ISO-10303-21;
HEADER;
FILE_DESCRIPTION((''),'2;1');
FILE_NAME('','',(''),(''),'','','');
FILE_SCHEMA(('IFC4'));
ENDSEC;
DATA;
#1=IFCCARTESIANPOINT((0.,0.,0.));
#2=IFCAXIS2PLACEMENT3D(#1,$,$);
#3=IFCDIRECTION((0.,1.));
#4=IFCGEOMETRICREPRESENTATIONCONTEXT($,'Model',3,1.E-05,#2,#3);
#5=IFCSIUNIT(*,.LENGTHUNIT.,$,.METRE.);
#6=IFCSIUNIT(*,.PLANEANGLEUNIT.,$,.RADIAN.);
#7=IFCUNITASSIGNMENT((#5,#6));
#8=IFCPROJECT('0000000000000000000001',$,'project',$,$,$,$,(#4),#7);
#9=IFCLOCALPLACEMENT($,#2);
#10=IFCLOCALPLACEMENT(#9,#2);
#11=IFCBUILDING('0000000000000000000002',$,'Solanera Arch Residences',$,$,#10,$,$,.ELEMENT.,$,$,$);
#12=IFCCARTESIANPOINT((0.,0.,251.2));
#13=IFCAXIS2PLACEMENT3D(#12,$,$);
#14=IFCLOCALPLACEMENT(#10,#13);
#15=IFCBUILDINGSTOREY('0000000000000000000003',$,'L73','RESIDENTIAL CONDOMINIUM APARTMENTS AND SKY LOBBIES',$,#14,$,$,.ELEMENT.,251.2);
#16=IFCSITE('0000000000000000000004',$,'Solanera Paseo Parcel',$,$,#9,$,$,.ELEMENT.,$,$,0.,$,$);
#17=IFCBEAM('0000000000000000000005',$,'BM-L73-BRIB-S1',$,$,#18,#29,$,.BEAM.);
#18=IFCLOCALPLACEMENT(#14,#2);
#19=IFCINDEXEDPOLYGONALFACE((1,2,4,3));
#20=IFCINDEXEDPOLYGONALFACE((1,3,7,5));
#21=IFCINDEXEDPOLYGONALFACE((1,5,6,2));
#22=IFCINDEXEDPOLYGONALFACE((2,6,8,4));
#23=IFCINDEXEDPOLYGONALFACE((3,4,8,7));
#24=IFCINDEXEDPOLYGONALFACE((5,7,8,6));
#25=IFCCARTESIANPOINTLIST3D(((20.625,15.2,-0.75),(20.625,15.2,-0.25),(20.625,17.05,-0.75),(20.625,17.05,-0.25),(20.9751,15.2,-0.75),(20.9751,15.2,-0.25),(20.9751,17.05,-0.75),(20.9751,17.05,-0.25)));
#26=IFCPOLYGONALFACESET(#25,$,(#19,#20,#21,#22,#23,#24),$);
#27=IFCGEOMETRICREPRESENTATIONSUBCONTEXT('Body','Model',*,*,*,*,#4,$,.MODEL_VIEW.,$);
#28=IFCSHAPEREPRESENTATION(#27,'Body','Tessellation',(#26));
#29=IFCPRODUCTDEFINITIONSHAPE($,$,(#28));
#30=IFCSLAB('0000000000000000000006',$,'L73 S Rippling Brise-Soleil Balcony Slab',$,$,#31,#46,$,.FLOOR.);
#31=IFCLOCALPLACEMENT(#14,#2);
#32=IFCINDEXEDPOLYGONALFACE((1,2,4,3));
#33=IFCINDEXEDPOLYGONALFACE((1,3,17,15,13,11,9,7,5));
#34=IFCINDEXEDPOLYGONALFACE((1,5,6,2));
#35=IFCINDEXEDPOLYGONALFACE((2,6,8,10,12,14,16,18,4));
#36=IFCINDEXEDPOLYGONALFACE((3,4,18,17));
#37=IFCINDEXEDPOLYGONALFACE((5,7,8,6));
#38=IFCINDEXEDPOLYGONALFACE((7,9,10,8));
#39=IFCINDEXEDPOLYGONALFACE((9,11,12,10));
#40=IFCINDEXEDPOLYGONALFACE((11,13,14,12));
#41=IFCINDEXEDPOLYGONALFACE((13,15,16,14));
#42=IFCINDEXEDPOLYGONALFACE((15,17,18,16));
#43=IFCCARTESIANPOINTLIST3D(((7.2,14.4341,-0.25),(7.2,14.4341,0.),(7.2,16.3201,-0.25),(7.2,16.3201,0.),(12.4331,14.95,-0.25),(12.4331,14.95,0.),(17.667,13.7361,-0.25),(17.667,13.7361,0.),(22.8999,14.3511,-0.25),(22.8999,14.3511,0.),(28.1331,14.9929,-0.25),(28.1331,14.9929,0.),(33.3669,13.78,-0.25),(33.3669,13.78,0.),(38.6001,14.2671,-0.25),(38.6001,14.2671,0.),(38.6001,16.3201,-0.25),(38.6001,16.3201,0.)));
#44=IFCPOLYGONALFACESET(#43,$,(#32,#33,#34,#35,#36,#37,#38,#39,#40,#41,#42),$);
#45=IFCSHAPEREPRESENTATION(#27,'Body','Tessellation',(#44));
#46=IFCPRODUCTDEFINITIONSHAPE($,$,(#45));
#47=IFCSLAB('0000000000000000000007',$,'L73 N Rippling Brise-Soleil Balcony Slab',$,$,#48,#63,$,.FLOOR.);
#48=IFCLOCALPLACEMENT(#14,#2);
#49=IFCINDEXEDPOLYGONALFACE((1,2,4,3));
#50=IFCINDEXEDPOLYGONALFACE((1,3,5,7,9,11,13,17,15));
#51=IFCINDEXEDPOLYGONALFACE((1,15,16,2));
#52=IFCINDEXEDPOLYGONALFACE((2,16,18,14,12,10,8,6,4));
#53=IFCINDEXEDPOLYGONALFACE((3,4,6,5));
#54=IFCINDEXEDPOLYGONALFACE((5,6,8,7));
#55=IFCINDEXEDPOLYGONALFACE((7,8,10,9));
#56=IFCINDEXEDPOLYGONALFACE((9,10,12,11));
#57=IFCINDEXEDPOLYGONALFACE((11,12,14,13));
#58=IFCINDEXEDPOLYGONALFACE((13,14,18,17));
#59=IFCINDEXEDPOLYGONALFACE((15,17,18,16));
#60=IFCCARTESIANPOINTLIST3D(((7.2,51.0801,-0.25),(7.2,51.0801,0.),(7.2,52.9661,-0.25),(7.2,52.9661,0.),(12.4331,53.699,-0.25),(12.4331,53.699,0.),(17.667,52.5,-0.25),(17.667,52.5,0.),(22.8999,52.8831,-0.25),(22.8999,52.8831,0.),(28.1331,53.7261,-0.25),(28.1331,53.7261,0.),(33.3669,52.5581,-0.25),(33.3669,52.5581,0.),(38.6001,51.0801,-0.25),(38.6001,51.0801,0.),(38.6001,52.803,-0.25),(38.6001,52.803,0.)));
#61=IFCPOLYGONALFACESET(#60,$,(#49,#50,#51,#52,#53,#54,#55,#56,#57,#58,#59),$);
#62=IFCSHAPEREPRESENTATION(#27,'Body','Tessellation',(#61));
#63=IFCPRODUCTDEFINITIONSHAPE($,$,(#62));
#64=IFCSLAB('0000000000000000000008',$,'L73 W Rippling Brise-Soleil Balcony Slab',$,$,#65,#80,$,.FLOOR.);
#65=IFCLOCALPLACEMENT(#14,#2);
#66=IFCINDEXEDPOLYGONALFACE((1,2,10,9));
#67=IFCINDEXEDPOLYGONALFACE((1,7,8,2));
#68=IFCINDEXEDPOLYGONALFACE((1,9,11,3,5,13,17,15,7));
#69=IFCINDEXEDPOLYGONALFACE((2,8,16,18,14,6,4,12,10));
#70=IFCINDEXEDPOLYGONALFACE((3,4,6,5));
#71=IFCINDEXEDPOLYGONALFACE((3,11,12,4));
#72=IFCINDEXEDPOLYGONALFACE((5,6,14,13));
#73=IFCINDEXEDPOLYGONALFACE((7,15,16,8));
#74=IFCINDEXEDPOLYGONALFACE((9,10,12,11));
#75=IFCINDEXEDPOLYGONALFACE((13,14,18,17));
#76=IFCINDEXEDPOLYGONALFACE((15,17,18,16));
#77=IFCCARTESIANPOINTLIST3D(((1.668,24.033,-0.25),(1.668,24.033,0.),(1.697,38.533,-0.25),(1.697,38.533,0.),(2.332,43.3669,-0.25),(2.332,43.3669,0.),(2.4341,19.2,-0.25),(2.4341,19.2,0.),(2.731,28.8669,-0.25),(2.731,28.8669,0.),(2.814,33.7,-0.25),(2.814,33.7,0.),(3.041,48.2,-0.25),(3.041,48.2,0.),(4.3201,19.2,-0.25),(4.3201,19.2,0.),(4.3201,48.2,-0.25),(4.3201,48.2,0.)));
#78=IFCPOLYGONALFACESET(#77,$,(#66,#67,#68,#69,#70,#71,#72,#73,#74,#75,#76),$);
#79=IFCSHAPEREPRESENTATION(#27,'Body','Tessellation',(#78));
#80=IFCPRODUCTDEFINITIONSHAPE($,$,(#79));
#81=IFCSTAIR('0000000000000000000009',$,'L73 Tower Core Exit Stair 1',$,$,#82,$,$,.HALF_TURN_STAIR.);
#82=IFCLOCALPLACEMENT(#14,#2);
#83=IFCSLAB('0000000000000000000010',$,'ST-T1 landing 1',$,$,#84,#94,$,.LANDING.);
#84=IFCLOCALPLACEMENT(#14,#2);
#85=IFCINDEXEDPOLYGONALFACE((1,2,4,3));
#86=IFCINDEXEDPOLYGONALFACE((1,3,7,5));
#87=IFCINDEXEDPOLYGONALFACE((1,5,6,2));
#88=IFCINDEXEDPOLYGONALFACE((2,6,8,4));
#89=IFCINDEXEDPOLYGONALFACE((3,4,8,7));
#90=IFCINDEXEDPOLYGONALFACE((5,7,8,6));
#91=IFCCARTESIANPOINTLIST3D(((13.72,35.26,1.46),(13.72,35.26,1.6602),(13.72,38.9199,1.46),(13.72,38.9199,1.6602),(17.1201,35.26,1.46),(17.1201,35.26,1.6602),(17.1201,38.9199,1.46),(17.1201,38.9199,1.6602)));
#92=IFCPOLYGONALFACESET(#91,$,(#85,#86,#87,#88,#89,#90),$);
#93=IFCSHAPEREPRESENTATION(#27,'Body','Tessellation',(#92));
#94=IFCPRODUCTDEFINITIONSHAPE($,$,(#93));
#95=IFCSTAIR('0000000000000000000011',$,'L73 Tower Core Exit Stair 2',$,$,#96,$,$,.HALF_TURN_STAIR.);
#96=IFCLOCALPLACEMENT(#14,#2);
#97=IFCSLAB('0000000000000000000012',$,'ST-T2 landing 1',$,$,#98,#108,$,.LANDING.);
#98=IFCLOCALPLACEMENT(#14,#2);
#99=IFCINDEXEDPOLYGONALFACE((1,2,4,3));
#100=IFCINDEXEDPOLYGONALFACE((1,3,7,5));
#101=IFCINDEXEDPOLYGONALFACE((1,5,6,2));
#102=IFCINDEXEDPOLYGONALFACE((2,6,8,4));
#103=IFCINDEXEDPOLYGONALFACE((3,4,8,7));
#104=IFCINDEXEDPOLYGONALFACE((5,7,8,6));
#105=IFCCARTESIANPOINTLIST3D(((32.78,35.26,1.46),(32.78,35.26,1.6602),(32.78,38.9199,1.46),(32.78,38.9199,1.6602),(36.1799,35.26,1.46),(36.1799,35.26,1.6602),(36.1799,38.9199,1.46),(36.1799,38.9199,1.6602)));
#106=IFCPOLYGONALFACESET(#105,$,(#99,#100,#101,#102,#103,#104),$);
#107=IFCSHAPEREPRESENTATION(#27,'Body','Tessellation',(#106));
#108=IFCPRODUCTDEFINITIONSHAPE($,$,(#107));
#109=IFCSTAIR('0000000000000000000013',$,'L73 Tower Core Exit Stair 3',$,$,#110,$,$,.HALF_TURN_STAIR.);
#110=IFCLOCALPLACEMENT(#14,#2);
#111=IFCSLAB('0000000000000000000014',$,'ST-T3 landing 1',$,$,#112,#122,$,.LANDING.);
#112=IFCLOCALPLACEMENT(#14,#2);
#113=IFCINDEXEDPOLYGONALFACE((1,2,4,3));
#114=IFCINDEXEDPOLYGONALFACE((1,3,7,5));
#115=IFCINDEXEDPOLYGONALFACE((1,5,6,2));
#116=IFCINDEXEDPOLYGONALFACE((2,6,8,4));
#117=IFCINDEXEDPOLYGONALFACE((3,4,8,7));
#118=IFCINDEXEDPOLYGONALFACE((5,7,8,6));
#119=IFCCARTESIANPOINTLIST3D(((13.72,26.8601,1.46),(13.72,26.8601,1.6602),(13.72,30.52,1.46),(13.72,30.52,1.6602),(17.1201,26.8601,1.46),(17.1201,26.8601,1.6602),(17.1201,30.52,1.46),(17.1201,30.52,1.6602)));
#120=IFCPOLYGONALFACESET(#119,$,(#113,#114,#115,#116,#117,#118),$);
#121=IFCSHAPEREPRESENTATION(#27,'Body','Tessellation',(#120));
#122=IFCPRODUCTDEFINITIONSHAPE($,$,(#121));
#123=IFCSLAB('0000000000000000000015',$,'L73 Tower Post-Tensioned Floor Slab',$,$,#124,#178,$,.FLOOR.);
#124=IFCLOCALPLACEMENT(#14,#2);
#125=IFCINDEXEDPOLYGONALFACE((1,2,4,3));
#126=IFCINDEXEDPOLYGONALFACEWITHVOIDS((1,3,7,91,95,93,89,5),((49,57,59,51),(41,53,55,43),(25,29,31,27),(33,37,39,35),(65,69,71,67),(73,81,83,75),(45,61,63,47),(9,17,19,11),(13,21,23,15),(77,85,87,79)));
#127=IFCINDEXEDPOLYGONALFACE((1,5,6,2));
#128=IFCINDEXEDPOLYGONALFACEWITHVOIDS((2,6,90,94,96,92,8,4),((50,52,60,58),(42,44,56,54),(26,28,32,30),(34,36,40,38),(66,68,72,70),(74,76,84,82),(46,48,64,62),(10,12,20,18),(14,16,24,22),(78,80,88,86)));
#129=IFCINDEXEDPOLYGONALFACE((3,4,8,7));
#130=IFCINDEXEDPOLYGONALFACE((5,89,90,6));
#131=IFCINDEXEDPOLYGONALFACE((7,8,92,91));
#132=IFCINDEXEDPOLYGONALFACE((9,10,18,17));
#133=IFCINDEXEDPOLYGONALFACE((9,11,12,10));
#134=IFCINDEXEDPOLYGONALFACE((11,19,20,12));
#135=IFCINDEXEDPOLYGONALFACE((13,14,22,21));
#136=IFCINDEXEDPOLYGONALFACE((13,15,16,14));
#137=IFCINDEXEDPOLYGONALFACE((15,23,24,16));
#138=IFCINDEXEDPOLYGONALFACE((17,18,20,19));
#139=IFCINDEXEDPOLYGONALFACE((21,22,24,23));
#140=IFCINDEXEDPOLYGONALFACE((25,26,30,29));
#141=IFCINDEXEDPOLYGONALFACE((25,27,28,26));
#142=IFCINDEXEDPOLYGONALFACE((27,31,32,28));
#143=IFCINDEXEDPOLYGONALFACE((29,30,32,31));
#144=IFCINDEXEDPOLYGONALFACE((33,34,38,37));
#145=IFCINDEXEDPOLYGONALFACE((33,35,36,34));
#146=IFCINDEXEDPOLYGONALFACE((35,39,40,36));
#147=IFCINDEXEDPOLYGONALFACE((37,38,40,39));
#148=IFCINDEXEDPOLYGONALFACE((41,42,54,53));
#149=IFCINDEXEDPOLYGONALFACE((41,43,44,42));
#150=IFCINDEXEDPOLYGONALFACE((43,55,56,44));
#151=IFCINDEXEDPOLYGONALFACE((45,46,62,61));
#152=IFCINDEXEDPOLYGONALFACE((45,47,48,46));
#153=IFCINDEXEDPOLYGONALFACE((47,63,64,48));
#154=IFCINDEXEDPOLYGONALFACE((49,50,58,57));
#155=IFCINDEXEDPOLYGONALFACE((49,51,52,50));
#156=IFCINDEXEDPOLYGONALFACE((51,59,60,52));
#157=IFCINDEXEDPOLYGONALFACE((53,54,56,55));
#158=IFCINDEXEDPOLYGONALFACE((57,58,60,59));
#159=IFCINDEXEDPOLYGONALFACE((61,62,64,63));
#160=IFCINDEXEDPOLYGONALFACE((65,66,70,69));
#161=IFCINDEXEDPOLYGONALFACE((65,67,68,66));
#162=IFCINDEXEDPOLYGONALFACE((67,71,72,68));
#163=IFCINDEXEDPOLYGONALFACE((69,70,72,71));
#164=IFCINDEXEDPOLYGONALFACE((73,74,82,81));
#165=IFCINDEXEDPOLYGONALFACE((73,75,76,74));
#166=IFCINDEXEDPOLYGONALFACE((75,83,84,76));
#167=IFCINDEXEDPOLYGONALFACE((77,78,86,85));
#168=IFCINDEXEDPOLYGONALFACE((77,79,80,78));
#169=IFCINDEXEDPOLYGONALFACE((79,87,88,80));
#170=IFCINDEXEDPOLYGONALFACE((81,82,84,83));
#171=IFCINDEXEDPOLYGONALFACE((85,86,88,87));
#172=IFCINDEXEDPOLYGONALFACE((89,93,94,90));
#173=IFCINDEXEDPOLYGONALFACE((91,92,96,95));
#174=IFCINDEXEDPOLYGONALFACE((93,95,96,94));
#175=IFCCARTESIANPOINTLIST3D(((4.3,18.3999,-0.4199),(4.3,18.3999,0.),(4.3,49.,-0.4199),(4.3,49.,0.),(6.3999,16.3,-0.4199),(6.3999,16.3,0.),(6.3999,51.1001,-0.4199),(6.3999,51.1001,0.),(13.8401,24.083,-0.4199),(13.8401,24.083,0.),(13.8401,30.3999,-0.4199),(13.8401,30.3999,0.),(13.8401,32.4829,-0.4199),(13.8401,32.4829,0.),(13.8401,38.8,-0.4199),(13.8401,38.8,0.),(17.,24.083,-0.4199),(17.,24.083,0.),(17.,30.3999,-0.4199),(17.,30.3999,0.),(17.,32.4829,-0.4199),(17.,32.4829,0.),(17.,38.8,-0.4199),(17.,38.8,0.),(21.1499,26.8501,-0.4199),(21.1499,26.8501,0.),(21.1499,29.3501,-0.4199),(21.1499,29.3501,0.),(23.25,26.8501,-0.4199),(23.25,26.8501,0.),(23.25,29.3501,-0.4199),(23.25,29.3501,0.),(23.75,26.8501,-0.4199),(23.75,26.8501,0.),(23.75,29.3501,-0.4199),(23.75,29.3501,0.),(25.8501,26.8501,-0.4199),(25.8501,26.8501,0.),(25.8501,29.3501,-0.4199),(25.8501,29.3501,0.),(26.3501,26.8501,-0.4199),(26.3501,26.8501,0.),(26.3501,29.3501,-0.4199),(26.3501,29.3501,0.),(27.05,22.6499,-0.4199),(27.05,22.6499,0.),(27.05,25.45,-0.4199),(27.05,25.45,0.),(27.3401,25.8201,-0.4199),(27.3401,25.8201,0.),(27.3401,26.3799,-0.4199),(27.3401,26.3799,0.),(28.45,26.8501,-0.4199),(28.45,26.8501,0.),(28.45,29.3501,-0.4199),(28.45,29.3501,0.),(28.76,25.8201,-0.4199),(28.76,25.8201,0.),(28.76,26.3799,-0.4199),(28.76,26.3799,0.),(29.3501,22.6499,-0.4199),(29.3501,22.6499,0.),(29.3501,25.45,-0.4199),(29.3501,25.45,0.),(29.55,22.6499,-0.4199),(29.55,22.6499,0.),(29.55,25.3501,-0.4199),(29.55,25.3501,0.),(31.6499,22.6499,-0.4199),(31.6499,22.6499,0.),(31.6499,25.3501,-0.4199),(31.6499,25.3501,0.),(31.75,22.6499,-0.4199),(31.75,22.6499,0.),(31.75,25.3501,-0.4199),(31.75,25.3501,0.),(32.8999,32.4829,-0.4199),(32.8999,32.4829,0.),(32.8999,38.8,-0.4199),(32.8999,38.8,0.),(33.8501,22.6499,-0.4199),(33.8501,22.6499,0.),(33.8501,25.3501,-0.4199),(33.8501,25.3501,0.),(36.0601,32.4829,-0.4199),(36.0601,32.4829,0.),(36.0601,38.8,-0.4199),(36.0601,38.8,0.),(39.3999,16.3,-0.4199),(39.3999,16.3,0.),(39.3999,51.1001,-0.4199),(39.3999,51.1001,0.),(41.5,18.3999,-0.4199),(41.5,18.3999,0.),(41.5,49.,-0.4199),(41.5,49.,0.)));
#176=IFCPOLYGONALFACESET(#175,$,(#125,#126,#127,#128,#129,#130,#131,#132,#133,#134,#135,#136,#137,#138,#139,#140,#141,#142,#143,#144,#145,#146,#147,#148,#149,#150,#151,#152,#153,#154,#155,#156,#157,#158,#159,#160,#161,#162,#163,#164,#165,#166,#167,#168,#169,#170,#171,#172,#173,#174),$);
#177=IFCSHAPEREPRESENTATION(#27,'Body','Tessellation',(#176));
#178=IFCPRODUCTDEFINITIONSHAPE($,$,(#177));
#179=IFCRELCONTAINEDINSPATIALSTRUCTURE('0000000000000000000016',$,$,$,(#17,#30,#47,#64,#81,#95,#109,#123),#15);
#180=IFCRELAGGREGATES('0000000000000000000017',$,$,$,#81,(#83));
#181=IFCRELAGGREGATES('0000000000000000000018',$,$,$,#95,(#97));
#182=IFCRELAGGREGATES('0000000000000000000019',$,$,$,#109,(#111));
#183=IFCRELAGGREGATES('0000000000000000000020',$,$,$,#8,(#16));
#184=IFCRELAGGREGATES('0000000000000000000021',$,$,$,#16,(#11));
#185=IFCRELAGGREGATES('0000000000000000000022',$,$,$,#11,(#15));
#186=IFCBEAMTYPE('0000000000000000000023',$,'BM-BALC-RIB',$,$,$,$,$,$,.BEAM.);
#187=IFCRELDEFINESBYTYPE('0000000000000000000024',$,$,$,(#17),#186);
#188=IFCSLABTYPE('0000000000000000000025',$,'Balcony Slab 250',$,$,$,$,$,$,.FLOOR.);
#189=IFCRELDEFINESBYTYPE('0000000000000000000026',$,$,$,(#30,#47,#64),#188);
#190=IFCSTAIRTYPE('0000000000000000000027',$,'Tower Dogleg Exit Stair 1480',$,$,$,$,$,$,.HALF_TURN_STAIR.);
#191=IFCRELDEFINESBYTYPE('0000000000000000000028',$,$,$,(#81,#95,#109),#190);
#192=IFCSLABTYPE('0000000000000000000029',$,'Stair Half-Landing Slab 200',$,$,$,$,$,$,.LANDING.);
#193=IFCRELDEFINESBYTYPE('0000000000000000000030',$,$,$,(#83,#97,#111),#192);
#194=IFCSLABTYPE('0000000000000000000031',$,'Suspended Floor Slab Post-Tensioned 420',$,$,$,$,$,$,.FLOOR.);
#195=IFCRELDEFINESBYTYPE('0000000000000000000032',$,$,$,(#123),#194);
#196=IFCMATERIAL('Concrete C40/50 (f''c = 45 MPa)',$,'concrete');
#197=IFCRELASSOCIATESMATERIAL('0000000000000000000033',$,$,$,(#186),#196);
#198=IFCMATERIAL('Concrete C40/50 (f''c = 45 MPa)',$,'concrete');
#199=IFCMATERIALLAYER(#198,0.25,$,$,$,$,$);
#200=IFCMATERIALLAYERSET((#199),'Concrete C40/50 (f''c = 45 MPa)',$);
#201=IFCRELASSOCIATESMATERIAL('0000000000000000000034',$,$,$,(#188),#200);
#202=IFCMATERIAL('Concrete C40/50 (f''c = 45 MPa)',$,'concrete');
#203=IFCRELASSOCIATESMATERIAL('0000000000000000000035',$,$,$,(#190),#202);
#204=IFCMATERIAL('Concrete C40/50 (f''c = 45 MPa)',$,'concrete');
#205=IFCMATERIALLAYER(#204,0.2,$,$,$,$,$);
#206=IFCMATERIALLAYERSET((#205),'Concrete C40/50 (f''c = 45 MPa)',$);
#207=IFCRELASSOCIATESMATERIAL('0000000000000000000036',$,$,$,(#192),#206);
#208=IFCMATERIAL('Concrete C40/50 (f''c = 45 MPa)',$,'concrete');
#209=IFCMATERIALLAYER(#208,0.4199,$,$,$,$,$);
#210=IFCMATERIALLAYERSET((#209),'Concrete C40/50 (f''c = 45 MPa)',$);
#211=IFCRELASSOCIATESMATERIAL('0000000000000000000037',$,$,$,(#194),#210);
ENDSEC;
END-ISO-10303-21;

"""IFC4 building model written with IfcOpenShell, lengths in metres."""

from ifc_helpers import new_model, si_unit, direction, frame, origin, origin_2d, place, context, subcontext, project, spatial, polyline, rectangle, outline, extrude, material, layer, layer_set, material_profile, profile_set, type_object, element, aggregate, save


model = new_model("IFC4")

# Units and contexts
model_context = context("Model", 3, precision=1e-05, world=origin(), true_north=direction((0.0, 1.0)))
body_context = subcontext(model_context, "Body", "Model", "MODEL_VIEW")
ifc_project = project(units=[si_unit("LENGTHUNIT", "METRE"), si_unit("PLANEANGLEUNIT", "RADIAN")], contexts=[model_context])

# Site, building, storey
site_placement = place(None, origin())
site = spatial("IfcSite", under=ifc_project, at=site_placement, Name="Solanera Paseo Parcel", CompositionType="ELEMENT", RefElevation=0.0)
building_placement = place(site_placement, origin())
building = spatial("IfcBuilding", under=site, at=building_placement, Name="Solanera Arch Residences", CompositionType="ELEMENT")
storey_placement = place(building_placement, frame((0.0, 0.0, 251.2)))
storey = spatial("IfcBuildingStorey", under=building, at=storey_placement, Name="L73", Description="RESIDENTIAL CONDOMINIUM APARTMENTS AND SKY LOBBIES", CompositionType="ELEMENT", Elevation=251.2)

# Beam
ifc_material_1 = material(Name="Concrete C40/50 (f'c = 45 MPa)", Category="concrete")
ifc_material_profile = material_profile(ifc_material_1, rectangle(XDim=0.3501, YDim=0.5, at=origin_2d()))
ifc_profile_set = profile_set([ifc_material_profile], Name="Concrete C40/50 (f'c = 45 MPa)")
beam_type = type_object("IfcBeamType", Name="BM-BALC-RIB", PredefinedType="BEAM", material=ifc_profile_set)
beam_placement = place(storey_placement, frame((20.8, 15.2, -0.5), z_axis=(0.0, 1.0, 0.0), x_axis=(-1.0, 0.0, 0.0)))
element("IfcBeam", 1, at=beam_placement, inside=storey, type_object=beam_type, Name="BM-L73-BRIB-S1", PredefinedType="BEAM", context=body_context, shape_type="SweptSolid", body=[
    extrude(rectangle(XDim=0.3501, YDim=0.5, at=origin_2d()), origin(), (0.0, 0.0, 1.0), 1.8501),
])

# Slabs
ifc_material_2 = material(Name="Concrete C40/50 (f'c = 45 MPa)", Category="concrete")
ifc_layer_1 = layer(ifc_material_2, 0.25)
ifc_layer_set_1 = layer_set([ifc_layer_1], Name="Concrete C40/50 (f'c = 45 MPa)")
slab_type_1 = type_object("IfcSlabType", Name="Balcony Slab 250", PredefinedType="FLOOR", material=ifc_layer_set_1)
slab_1_placement = place(storey_placement, frame((0.0, 0.0, -0.25)))
element("IfcSlab", 2, at=slab_1_placement, inside=storey, type_object=slab_type_1, Name="L73 S Rippling Brise-Soleil Balcony Slab", PredefinedType="FLOOR", context=body_context, shape_type="SweptSolid", body=[
    extrude(outline(polyline([(7.2, 14.4341), (12.4331, 14.95), (17.667, 13.7361), (22.8999, 14.3511), (28.1331, 14.9929), (33.3669, 13.78), (38.6001, 14.2671), (38.6001, 16.3201), (7.2, 16.3201), (7.2, 14.4341)])), origin(), (0.0, 0.0, 1.0), 0.25),
])
slab_2_placement = place(storey_placement, frame((0.0, 0.0, -0.25)))
element("IfcSlab", 3, at=slab_2_placement, inside=storey, type_object=slab_type_1, Name="L73 N Rippling Brise-Soleil Balcony Slab", PredefinedType="FLOOR", context=body_context, shape_type="SweptSolid", body=[
    extrude(outline(polyline([(38.6001, 52.803), (33.3669, 52.5581), (28.1331, 53.7261), (22.8999, 52.8831), (17.667, 52.5), (12.4331, 53.699), (7.2, 52.9661), (7.2, 51.0801), (38.6001, 51.0801), (38.6001, 52.803)])), origin(), (0.0, 0.0, 1.0), 0.25),
])
slab_3_placement = place(storey_placement, frame((0.0, 0.0, -0.25)))
element("IfcSlab", 4, at=slab_3_placement, inside=storey, type_object=slab_type_1, Name="L73 W Rippling Brise-Soleil Balcony Slab", PredefinedType="FLOOR", context=body_context, shape_type="SweptSolid", body=[
    extrude(outline(polyline([(3.041, 48.2), (2.332, 43.3669), (1.697, 38.533), (2.814, 33.7), (2.731, 28.8669), (1.668, 24.033), (2.4341, 19.2), (4.3201, 19.2), (4.3201, 48.2), (3.041, 48.2)])), origin(), (0.0, 0.0, 1.0), 0.25),
])

# Stairs, slabs
ifc_material_3 = material(Name="Concrete C40/50 (f'c = 45 MPa)", Category="concrete")
stair_type = type_object("IfcStairType", Name="Tower Dogleg Exit Stair 1480", PredefinedType="HALF_TURN_STAIR", material=ifc_material_3)
stair_1_placement = place(storey_placement, origin())
stair_1 = element("IfcStair", 5, at=stair_1_placement, inside=storey, type_object=stair_type, Name="L73 Tower Core Exit Stair 1", PredefinedType="HALF_TURN_STAIR")
ifc_material_4 = material(Name="Concrete C40/50 (f'c = 45 MPa)", Category="concrete")
ifc_layer_2 = layer(ifc_material_4, 0.2)
ifc_layer_set_2 = layer_set([ifc_layer_2], Name="Concrete C40/50 (f'c = 45 MPa)")
slab_type_2 = type_object("IfcSlabType", Name="Stair Half-Landing Slab 200", PredefinedType="LANDING", material=ifc_layer_set_2)
slab_4_placement = place(storey_placement, frame((0.0, 0.0, 1.46)))
slab_4 = element("IfcSlab", 6, at=slab_4_placement, type_object=slab_type_2, Name="ST-T1 landing 1", PredefinedType="LANDING", context=body_context, shape_type="SweptSolid", body=[
    extrude(outline(polyline([(17.1201, 35.26), (17.1201, 38.9199), (13.72, 38.9199), (13.72, 35.26), (17.1201, 35.26)])), origin(), (0.0, 0.0, 1.0), 0.2002),
])
aggregate(stair_1, [slab_4])
stair_2_placement = place(storey_placement, origin())
stair_2 = element("IfcStair", 7, at=stair_2_placement, inside=storey, type_object=stair_type, Name="L73 Tower Core Exit Stair 2", PredefinedType="HALF_TURN_STAIR")
slab_5_placement = place(storey_placement, frame((0.0, 0.0, 1.46)))
slab_5 = element("IfcSlab", 8, at=slab_5_placement, type_object=slab_type_2, Name="ST-T2 landing 1", PredefinedType="LANDING", context=body_context, shape_type="SweptSolid", body=[
    extrude(outline(polyline([(36.1799, 35.26), (36.1799, 38.9199), (32.78, 38.9199), (32.78, 35.26), (36.1799, 35.26)])), origin(), (0.0, 0.0, 1.0), 0.2002),
])
aggregate(stair_2, [slab_5])
stair_3_placement = place(storey_placement, origin())
stair_3 = element("IfcStair", 9, at=stair_3_placement, inside=storey, type_object=stair_type, Name="L73 Tower Core Exit Stair 3", PredefinedType="HALF_TURN_STAIR")
slab_6_placement = place(storey_placement, frame((0.0, 0.0, 1.46)))
slab_6 = element("IfcSlab", 10, at=slab_6_placement, type_object=slab_type_2, Name="ST-T3 landing 1", PredefinedType="LANDING", context=body_context, shape_type="SweptSolid", body=[
    extrude(outline(polyline([(17.1201, 26.8601), (17.1201, 30.52), (13.72, 30.52), (13.72, 26.8601), (17.1201, 26.8601)])), origin(), (0.0, 0.0, 1.0), 0.2002),
])
aggregate(stair_3, [slab_6])

# Slab
ifc_material_5 = material(Name="Concrete C40/50 (f'c = 45 MPa)", Category="concrete")
ifc_layer_3 = layer(ifc_material_5, 0.4199)
ifc_layer_set_3 = layer_set([ifc_layer_3], Name="Concrete C40/50 (f'c = 45 MPa)")
slab_type_3 = type_object("IfcSlabType", Name="Suspended Floor Slab Post-Tensioned 420", PredefinedType="FLOOR", material=ifc_layer_set_3)
slab_7_placement = place(storey_placement, frame((0.0, 0.0, -0.4199)))
element("IfcSlab", 11, at=slab_7_placement, inside=storey, type_object=slab_type_3, Name="L73 Tower Post-Tensioned Floor Slab", PredefinedType="FLOOR", context=body_context, shape_type="SweptSolid", body=[
    extrude(outline(polyline([(6.3999, 16.3), (39.3999, 16.3), (41.5, 18.3999), (41.5, 49.0), (39.3999, 51.1001), (6.3999, 51.1001), (4.3, 49.0), (4.3, 18.3999), (6.3999, 16.3)]), holes=[polyline([(13.8401, 32.4829), (13.8401, 38.8), (17.0, 38.8), (17.0, 32.4829), (13.8401, 32.4829)]), polyline([(32.8999, 32.4829), (32.8999, 38.8), (36.0601, 38.8), (36.0601, 32.4829), (32.8999, 32.4829)]), polyline([(13.8401, 24.083), (13.8401, 30.3999), (17.0, 30.3999), (17.0, 24.083), (13.8401, 24.083)]), polyline([(21.1499, 29.3501), (23.25, 29.3501), (23.25, 26.8501), (21.1499, 26.8501), (21.1499, 29.3501)]), polyline([(23.75, 29.3501), (25.8501, 29.3501), (25.8501, 26.8501), (23.75, 26.8501), (23.75, 29.3501)]), polyline([(26.3501, 29.3501), (28.45, 29.3501), (28.45, 26.8501), (26.3501, 26.8501), (26.3501, 29.3501)]), polyline([(29.55, 25.3501), (31.6499, 25.3501), (31.6499, 22.6499), (29.55, 22.6499), (29.55, 25.3501)]), polyline([(31.75, 25.3501), (33.8501, 25.3501), (33.8501, 22.6499), (31.75, 22.6499), (31.75, 25.3501)]), polyline([(27.05, 25.45), (29.3501, 25.45), (29.3501, 22.6499), (27.05, 22.6499), (27.05, 25.45)]), polyline([(27.3401, 26.3799), (28.76, 26.3799), (28.76, 25.8201), (27.3401, 25.8201), (27.3401, 26.3799)])]), origin(), (0.0, 0.0, 1.0), 0.4199),
])

save(model, "model.ifc")
